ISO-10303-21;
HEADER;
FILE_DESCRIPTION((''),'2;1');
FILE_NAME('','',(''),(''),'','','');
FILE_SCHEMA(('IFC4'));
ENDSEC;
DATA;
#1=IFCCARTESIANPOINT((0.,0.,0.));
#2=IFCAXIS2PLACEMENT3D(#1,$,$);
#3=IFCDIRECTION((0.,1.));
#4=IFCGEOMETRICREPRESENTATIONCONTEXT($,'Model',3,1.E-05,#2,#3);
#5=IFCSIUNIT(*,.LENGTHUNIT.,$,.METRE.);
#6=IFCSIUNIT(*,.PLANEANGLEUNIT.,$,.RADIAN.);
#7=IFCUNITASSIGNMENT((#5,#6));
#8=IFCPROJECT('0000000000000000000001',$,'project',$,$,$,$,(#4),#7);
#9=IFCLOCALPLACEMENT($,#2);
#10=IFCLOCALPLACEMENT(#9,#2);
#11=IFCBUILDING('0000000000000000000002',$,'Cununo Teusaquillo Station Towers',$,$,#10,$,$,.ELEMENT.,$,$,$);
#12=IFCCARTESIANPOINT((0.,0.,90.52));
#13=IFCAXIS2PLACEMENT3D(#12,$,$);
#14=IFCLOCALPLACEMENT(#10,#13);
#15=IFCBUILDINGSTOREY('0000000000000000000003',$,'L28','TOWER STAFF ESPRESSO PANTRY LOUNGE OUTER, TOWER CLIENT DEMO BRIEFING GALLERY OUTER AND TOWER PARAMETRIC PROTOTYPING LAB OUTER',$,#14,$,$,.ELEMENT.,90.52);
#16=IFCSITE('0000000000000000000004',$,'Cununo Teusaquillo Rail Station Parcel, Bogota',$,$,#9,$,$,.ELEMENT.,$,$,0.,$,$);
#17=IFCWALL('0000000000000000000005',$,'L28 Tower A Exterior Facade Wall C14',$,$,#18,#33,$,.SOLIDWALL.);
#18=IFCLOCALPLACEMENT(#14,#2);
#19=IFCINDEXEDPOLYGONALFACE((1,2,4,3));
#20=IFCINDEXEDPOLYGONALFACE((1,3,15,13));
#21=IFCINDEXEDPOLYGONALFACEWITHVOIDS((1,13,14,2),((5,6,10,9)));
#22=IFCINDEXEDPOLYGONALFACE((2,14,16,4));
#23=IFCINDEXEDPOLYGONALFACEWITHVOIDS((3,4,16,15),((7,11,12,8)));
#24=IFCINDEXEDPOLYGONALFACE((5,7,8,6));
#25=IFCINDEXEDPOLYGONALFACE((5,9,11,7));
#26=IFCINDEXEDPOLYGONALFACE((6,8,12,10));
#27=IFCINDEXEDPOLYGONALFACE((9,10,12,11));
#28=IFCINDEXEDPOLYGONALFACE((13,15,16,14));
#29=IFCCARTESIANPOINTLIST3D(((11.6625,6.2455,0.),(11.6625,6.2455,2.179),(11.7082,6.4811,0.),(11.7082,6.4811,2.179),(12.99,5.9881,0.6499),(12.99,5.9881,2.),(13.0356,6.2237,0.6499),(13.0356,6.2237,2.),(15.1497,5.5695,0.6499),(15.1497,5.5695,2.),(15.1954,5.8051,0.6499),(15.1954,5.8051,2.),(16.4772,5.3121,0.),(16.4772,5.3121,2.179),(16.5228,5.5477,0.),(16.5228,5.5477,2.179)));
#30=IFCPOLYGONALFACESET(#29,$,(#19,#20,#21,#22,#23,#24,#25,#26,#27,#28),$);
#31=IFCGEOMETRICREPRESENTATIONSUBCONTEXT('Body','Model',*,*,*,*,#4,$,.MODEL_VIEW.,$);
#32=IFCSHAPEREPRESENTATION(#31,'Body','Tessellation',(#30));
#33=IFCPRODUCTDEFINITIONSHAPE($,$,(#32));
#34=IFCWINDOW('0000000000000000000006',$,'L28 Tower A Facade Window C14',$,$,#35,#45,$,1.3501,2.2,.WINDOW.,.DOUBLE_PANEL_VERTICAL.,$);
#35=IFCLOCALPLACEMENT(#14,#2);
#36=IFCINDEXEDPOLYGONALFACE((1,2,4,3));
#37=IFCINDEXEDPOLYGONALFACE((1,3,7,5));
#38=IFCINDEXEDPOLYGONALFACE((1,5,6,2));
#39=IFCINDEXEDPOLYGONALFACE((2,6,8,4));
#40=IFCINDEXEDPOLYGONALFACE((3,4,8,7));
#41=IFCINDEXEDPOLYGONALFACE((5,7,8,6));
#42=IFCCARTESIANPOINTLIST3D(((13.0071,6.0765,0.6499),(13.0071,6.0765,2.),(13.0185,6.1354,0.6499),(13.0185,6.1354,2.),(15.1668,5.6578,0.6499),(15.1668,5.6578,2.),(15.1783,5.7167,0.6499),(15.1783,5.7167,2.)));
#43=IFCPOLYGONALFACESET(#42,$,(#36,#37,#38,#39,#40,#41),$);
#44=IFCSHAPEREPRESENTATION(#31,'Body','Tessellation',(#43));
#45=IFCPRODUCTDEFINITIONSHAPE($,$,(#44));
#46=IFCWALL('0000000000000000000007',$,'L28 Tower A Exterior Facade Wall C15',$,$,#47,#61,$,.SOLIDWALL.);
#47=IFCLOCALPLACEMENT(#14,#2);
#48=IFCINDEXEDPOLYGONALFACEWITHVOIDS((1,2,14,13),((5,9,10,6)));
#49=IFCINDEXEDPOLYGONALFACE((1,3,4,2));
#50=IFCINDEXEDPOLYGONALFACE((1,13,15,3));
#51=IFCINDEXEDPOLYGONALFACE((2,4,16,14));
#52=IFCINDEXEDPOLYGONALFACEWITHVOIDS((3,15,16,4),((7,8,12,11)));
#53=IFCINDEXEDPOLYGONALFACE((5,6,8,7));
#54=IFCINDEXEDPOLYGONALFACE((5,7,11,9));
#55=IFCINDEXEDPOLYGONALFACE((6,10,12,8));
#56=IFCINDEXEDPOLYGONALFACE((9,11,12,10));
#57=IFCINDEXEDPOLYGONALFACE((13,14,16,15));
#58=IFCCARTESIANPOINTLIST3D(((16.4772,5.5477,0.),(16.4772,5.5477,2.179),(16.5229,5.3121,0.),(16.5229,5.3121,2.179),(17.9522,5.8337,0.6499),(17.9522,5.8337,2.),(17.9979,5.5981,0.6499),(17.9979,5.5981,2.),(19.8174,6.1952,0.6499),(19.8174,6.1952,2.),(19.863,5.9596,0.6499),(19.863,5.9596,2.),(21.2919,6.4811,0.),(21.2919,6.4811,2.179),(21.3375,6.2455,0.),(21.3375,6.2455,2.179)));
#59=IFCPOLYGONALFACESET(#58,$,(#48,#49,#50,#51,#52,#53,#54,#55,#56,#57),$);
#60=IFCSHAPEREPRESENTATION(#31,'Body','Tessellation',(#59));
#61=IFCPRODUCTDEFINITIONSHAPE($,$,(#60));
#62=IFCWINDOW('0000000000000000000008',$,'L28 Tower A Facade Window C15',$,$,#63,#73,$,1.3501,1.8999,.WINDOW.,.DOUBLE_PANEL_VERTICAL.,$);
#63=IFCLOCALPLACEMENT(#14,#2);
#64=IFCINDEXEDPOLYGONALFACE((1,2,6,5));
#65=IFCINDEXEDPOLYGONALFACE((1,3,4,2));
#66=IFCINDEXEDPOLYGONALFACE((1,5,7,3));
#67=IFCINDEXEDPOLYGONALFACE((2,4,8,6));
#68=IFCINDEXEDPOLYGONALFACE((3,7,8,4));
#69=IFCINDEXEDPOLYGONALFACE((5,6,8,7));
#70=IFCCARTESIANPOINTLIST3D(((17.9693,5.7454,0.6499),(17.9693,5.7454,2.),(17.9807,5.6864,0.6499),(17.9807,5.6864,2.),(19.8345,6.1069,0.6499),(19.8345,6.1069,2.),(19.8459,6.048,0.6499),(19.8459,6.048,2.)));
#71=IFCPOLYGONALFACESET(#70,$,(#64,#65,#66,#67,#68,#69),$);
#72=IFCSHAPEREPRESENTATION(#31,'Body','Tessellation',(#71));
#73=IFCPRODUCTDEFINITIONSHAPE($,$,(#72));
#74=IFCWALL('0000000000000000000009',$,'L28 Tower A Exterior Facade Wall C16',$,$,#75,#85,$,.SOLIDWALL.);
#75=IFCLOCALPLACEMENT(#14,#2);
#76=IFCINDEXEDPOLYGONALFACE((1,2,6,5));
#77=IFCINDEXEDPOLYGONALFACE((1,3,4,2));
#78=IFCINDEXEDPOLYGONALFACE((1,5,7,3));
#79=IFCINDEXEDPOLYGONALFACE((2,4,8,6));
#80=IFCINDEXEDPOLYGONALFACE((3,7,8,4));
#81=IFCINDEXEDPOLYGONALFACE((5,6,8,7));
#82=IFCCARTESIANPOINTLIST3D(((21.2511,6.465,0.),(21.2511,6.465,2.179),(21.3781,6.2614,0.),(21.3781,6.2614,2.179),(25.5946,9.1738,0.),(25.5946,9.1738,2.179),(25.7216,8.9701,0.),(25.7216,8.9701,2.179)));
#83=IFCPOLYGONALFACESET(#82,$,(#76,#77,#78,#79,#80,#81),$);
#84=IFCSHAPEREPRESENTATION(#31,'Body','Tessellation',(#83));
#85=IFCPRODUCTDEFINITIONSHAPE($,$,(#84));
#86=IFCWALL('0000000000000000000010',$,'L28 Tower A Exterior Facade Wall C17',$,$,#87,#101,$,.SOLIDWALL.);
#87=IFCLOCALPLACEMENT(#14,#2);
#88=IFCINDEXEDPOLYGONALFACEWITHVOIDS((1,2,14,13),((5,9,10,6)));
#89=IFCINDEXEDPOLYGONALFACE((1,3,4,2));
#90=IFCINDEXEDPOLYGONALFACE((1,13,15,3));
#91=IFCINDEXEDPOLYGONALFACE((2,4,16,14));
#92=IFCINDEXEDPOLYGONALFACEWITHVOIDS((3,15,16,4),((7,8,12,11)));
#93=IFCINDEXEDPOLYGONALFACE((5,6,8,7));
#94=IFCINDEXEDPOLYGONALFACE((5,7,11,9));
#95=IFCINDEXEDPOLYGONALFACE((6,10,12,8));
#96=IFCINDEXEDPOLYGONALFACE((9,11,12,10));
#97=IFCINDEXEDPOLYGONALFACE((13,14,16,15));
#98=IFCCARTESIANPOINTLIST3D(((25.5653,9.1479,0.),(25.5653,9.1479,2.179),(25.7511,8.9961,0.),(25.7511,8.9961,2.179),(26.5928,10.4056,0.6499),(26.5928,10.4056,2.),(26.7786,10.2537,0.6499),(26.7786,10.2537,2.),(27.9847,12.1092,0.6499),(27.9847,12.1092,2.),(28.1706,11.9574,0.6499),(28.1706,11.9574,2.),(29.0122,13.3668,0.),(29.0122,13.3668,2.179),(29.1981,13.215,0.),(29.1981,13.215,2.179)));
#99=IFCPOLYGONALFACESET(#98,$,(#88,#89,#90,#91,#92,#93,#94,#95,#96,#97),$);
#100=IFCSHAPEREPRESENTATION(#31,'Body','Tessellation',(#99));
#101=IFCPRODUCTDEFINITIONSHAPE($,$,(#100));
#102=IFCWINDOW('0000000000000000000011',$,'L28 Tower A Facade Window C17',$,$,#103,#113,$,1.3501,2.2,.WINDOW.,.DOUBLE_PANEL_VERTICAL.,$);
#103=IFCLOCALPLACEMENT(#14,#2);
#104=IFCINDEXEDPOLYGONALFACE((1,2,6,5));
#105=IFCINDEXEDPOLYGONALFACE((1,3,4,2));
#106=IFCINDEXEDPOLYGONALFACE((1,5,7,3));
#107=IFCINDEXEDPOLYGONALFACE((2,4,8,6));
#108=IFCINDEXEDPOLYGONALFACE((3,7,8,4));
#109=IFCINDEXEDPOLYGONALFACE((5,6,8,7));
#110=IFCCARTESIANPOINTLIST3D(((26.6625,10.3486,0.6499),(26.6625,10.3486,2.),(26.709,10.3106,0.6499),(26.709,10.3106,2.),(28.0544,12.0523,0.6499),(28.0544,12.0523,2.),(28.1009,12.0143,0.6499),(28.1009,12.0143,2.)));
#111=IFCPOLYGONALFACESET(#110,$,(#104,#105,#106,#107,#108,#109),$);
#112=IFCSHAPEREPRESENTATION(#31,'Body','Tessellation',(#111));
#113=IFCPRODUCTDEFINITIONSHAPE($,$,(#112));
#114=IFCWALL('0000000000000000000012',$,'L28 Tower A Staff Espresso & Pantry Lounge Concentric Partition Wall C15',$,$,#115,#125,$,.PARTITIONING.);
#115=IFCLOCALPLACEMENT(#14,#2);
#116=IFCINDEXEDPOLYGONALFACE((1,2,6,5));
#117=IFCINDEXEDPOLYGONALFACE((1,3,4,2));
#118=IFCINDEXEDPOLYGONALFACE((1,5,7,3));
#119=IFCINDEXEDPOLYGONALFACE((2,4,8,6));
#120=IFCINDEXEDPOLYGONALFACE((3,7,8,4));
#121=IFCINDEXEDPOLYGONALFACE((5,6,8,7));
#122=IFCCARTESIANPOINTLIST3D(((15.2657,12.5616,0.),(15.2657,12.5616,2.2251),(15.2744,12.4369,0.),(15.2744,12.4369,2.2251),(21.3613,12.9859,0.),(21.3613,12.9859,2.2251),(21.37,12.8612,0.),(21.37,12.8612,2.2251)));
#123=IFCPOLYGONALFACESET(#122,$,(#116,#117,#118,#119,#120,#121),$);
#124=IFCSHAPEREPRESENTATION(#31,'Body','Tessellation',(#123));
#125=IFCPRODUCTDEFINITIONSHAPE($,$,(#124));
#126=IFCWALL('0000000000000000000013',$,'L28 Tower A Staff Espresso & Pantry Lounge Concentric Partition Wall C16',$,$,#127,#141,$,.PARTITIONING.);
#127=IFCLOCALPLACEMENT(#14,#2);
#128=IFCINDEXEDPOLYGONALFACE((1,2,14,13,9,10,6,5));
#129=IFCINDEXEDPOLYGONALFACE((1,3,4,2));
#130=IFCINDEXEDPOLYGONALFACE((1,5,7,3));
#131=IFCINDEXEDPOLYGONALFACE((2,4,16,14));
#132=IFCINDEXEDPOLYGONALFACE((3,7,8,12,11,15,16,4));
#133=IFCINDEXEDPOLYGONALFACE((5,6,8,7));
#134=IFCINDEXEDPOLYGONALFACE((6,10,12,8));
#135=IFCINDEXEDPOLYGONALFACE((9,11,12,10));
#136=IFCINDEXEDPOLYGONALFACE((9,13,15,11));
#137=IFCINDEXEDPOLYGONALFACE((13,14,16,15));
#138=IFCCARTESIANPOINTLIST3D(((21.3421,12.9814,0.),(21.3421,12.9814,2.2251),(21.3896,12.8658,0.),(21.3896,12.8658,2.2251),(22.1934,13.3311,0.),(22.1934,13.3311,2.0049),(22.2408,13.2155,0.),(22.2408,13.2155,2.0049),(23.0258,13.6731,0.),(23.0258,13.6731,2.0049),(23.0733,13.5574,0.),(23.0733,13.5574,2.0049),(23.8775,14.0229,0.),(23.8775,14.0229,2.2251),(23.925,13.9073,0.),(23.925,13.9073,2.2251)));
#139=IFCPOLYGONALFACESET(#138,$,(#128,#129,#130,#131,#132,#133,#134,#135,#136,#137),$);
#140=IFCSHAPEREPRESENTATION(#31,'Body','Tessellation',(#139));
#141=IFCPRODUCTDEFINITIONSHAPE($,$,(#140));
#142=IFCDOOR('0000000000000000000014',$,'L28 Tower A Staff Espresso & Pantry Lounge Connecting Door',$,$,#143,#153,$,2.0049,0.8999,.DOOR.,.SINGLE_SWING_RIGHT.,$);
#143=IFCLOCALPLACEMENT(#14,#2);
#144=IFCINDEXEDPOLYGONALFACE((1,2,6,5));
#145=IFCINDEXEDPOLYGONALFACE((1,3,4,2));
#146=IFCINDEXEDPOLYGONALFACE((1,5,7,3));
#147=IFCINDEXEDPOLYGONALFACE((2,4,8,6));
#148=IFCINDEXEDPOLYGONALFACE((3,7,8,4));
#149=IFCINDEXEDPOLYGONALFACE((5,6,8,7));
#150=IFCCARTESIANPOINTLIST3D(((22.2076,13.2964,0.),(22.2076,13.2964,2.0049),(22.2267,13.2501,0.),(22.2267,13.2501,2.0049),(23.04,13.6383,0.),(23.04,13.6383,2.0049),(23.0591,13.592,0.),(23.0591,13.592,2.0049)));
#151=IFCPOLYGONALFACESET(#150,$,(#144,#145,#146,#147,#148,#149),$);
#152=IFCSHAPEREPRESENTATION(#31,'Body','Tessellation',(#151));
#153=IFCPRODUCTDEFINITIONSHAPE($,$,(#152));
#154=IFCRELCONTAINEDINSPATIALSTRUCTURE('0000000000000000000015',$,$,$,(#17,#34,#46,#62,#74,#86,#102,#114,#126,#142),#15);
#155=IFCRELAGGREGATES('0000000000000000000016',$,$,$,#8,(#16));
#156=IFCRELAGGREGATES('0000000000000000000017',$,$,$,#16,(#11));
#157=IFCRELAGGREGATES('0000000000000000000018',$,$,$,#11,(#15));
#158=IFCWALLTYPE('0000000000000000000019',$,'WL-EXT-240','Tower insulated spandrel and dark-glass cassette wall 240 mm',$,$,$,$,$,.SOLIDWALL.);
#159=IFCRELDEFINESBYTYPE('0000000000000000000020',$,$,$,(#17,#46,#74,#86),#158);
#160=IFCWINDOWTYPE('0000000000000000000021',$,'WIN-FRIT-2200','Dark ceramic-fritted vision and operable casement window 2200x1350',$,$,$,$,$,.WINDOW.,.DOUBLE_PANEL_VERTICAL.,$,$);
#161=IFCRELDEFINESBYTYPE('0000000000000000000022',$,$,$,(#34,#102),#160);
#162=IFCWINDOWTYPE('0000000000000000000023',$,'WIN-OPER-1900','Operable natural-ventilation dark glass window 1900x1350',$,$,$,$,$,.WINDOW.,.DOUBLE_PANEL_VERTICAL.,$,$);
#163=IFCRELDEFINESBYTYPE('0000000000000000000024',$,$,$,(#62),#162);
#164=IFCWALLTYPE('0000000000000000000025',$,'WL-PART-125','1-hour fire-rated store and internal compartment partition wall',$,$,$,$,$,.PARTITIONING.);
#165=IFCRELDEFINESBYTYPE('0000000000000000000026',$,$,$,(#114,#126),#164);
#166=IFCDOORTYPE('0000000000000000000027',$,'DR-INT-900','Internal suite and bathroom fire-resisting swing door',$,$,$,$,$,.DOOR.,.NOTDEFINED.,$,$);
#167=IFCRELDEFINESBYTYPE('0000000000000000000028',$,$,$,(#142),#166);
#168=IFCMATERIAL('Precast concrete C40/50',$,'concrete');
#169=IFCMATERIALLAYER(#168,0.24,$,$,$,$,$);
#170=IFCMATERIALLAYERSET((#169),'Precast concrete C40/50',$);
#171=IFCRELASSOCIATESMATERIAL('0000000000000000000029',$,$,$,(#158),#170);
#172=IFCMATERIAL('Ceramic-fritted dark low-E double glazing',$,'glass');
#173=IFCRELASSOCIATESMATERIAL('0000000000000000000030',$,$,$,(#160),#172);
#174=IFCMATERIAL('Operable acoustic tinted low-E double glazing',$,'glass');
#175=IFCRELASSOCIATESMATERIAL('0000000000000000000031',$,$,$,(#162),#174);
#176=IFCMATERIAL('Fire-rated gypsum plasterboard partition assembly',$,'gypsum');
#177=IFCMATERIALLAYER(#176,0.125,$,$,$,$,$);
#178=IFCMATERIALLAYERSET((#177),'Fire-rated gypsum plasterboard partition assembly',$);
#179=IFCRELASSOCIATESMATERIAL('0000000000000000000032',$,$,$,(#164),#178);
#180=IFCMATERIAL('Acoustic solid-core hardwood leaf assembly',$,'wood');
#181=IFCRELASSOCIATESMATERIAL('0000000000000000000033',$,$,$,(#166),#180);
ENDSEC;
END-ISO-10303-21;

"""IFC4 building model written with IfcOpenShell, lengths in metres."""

from ifc_helpers import new_model, si_unit, direction, frame, frame_2d, origin, place, context, subcontext, project, spatial, rectangle, extrude, source, transform, mapped, material, layer, layer_set, type_object, element, fill, save


model = new_model("IFC4")

# Units and contexts
model_context = context("Model", 3, precision=1e-05, world=origin(), true_north=direction((0.0, 1.0)))
body_context = subcontext(model_context, "Body", "Model", "MODEL_VIEW")
ifc_project = project(units=[si_unit("LENGTHUNIT", "METRE"), si_unit("PLANEANGLEUNIT", "RADIAN")], contexts=[model_context])

# Site, building, storey
site_placement = place(None, origin())
site = spatial("IfcSite", under=ifc_project, at=site_placement, Name="Cununo Teusaquillo Rail Station Parcel, Bogota", CompositionType="ELEMENT", RefElevation=0.0)
building_placement = place(site_placement, origin())
building = spatial("IfcBuilding", under=site, at=building_placement, Name="Cununo Teusaquillo Station Towers", CompositionType="ELEMENT")
storey_placement = place(building_placement, frame((0.0, 0.0, 90.52)))
storey = spatial("IfcBuildingStorey", under=building, at=storey_placement, Name="L28", Description="TOWER STAFF ESPRESSO PANTRY LOUNGE OUTER, TOWER CLIENT DEMO BRIEFING GALLERY OUTER AND TOWER PARAMETRIC PROTOTYPING LAB OUTER", CompositionType="ELEMENT", Elevation=90.52)

# Walls, openings, windows
ifc_material_1 = material(Name="Precast concrete C40/50", Category="concrete")
ifc_layer_1 = layer(ifc_material_1, 0.24)
ifc_layer_set_1 = layer_set([ifc_layer_1], Name="Precast concrete C40/50")
wall_type_1 = type_object("IfcWallType", Name="WL-EXT-240", Description="Tower insulated spandrel and dark-glass cassette wall 240 mm", PredefinedType="SOLIDWALL", material=ifc_layer_set_1)
wall_1_placement = place(storey_placement, frame((16.5, 5.4299, 0.0), z_axis=(0.0, 0.0, 1.0), x_axis=(-0.981724, 0.190311, 0.0)))
wall_1 = element("IfcWall", 1, at=wall_1_placement, inside=storey, type_object=wall_type_1, Name="L28 Tower A Exterior Facade Wall C14", PredefinedType="SOLIDWALL", context=body_context, shape_type="SweptSolid", body=[
    extrude(rectangle(XDim=4.9043, YDim=0.24, at=frame_2d((2.4521, 0.0))), origin(), (0.0, 0.0, 1.0), 2.179),
])
shared_shape_1 = source(origin(), body_context, "Body", "SweptSolid", [
    extrude(rectangle(XDim=2.2, YDim=1.3501, at=frame_2d((1.1001, 0.675))), frame((0.0, 0.1299, 0.0), z_axis=(0.0, -1.0, 0.0), x_axis=(1.0, 0.0, 0.0)), (0.0, 0.0, 1.0), 0.26),
])
opening_1_placement = place(wall_1_placement, frame((1.3521, 0.0, 0.6499)))
opening_1 = element("IfcOpeningElement", 2, at=opening_1_placement, cuts=wall_1, PredefinedType="OPENING", context=body_context, shape_type="MappedRepresentation", body=[
    mapped(shared_shape_1, transform((0.0, 0.0, 0.0), x_axis=(1.0, 0.0, 0.0), y_axis=(0.0, 1.0, 0.0), z_axis=(0.0, 0.0, 1.0), scale=1.0)),
])
ifc_material_2 = material(Name="Ceramic-fritted dark low-E double glazing", Category="glass")
window_type_1 = type_object("IfcWindowType", Name="WIN-FRIT-2200", Description="Dark ceramic-fritted vision and operable casement window 2200x1350", PartitioningType="DOUBLE_PANEL_VERTICAL", PredefinedType="WINDOW", material=ifc_material_2)
shared_shape_2 = source(origin(), body_context, "Body", "SweptSolid", [
    extrude(rectangle(XDim=2.2, YDim=1.3501, at=frame_2d((1.1001, 0.675))), frame((0.0, 0.03, 0.0), z_axis=(0.0, -1.0, 0.0), x_axis=(1.0, 0.0, 0.0)), (0.0, 0.0, 1.0), 0.0601),
])
window_1_placement = place(opening_1_placement, origin())
window_1 = element("IfcWindow", 3, at=window_1_placement, inside=storey, type_object=window_type_1, Name="L28 Tower A Facade Window C14", OverallHeight=1.3501, OverallWidth=2.2, PartitioningType="DOUBLE_PANEL_VERTICAL", PredefinedType="WINDOW", context=body_context, shape_type="MappedRepresentation", body=[
    mapped(shared_shape_2, transform((0.0, 0.0, 0.0), x_axis=(1.0, 0.0, 0.0), y_axis=(0.0, 1.0, 0.0), z_axis=(0.0, 0.0, 1.0), scale=1.0)),
])
fill(opening_1, window_1)
wall_2_placement = place(storey_placement, frame((21.3147, 6.3633, 0.0), z_axis=(0.0, 0.0, 1.0), x_axis=(-0.981724, -0.190311, 0.0)))
wall_2 = element("IfcWall", 4, at=wall_2_placement, inside=storey, type_object=wall_type_1, Name="L28 Tower A Exterior Facade Wall C15", PredefinedType="SOLIDWALL", context=body_context, shape_type="SweptSolid", body=[
    extrude(rectangle(XDim=4.9043, YDim=0.24, at=frame_2d((2.4521, 0.0))), origin(), (0.0, 0.0, 1.0), 2.179),
])
shared_shape_3 = source(origin(), body_context, "Body", "SweptSolid", [
    extrude(rectangle(XDim=1.8999, YDim=1.3501, at=frame_2d((0.95, 0.675))), frame((0.0, 0.1299, 0.0), z_axis=(0.0, -1.0, 0.0), x_axis=(1.0, 0.0, 0.0)), (0.0, 0.0, 1.0), 0.26),
])
opening_2_placement = place(wall_2_placement, frame((1.502, 0.0, 0.6499)))
opening_2 = element("IfcOpeningElement", 5, at=opening_2_placement, cuts=wall_2, PredefinedType="OPENING", context=body_context, shape_type="MappedRepresentation", body=[
    mapped(shared_shape_3, transform((0.0, 0.0, 0.0), x_axis=(1.0, 0.0, 0.0), y_axis=(0.0, 1.0, 0.0), z_axis=(0.0, 0.0, 1.0), scale=1.0)),
])
ifc_material_3 = material(Name="Operable acoustic tinted low-E double glazing", Category="glass")
window_type_2 = type_object("IfcWindowType", Name="WIN-OPER-1900", Description="Operable natural-ventilation dark glass window 1900x1350", PartitioningType="DOUBLE_PANEL_VERTICAL", PredefinedType="WINDOW", material=ifc_material_3)
shared_shape_4 = source(origin(), body_context, "Body", "SweptSolid", [
    extrude(rectangle(XDim=1.8999, YDim=1.3501, at=frame_2d((0.95, 0.675))), frame((0.0, 0.03, 0.0), z_axis=(0.0, -1.0, 0.0), x_axis=(1.0, 0.0, 0.0)), (0.0, 0.0, 1.0), 0.0601),
])
window_2_placement = place(opening_2_placement, origin())
window_2 = element("IfcWindow", 6, at=window_2_placement, inside=storey, type_object=window_type_2, Name="L28 Tower A Facade Window C15", OverallHeight=1.3501, OverallWidth=1.8999, PartitioningType="DOUBLE_PANEL_VERTICAL", PredefinedType="WINDOW", context=body_context, shape_type="MappedRepresentation", body=[
    mapped(shared_shape_4, transform((0.0, 0.0, 0.0), x_axis=(1.0, 0.0, 0.0), y_axis=(0.0, 1.0, 0.0), z_axis=(0.0, 0.0, 1.0), scale=1.0)),
])
fill(opening_2, window_2)

# Wall
wall_3_placement = place(storey_placement, frame((25.6582, 9.072, 0.0), z_axis=(0.0, 0.0, 1.0), x_axis=(-0.84852, -0.529163, 0.0)))
element("IfcWall", 7, at=wall_3_placement, inside=storey, type_object=wall_type_1, Name="L28 Tower A Exterior Facade Wall C16", PredefinedType="SOLIDWALL", context=body_context, shape_type="SweptSolid", body=[
    extrude(rectangle(XDim=5.1189, YDim=0.24, at=frame_2d((2.5596, 0.0))), origin(), (0.0, 0.0, 1.0), 2.179),
])

# Wall, opening, window
wall_4_placement = place(storey_placement, frame((29.1052, 13.291, 0.0), z_axis=(0.0, 0.0, 1.0), x_axis=(-0.632701, -0.774396, 0.0)))
wall_4 = element("IfcWall", 8, at=wall_4_placement, inside=storey, type_object=wall_type_1, Name="L28 Tower A Exterior Facade Wall C17", PredefinedType="SOLIDWALL", context=body_context, shape_type="SweptSolid", body=[
    extrude(rectangle(XDim=5.448, YDim=0.24, at=frame_2d((2.7241, 0.0))), origin(), (0.0, 0.0, 1.0), 2.179),
])
opening_3_placement = place(wall_4_placement, frame((1.624, 0.0, 0.6499)))
opening_3 = element("IfcOpeningElement", 9, at=opening_3_placement, cuts=wall_4, PredefinedType="OPENING", context=body_context, shape_type="MappedRepresentation", body=[
    mapped(shared_shape_1, transform((0.0, 0.0, 0.0), x_axis=(1.0, 0.0, 0.0), y_axis=(0.0, 1.0, 0.0), z_axis=(0.0, 0.0, 1.0), scale=1.0)),
])
window_3_placement = place(opening_3_placement, origin())
window_3 = element("IfcWindow", 10, at=window_3_placement, inside=storey, type_object=window_type_1, Name="L28 Tower A Facade Window C17", OverallHeight=1.3501, OverallWidth=2.2, PartitioningType="DOUBLE_PANEL_VERTICAL", PredefinedType="WINDOW", context=body_context, shape_type="MappedRepresentation", body=[
    mapped(shared_shape_2, transform((0.0, 0.0, 0.0), x_axis=(1.0, 0.0, 0.0), y_axis=(0.0, 1.0, 0.0), z_axis=(0.0, 0.0, 1.0), scale=1.0)),
])
fill(opening_3, window_3)

# Wall
ifc_material_4 = material(Name="Fire-rated gypsum plasterboard partition assembly", Category="gypsum")
ifc_layer_2 = layer(ifc_material_4, 0.125)
ifc_layer_set_2 = layer_set([ifc_layer_2], Name="Fire-rated gypsum plasterboard partition assembly")
wall_type_2 = type_object("IfcWallType", Name="WL-PART-125", Description="1-hour fire-rated store and internal compartment partition wall", PredefinedType="PARTITIONING", material=ifc_layer_set_2)
wall_5_placement = place(storey_placement, frame((15.27, 12.4993, 0.0), z_axis=(0.0, 0.0, 1.0), x_axis=(0.997586, 0.069441, 0.0)))
element("IfcWall", 11, at=wall_5_placement, inside=storey, type_object=wall_type_2, Name="L28 Tower A Staff Espresso & Pantry Lounge Concentric Partition Wall C15", PredefinedType="PARTITIONING", context=body_context, shape_type="SweptSolid", body=[
    extrude(rectangle(XDim=6.1104, YDim=0.125, at=frame_2d((3.0552, 0.0))), origin(), (0.0, 0.0, 1.0), 2.2251),
])

# Wall, opening, door
wall_6_placement = place(storey_placement, frame((21.3657, 12.9236, 0.0), z_axis=(0.0, 0.0, 1.0), x_axis=(0.924997, 0.379975, 0.0)))
wall_6 = element("IfcWall", 12, at=wall_6_placement, inside=storey, type_object=wall_type_2, Name="L28 Tower A Staff Espresso & Pantry Lounge Concentric Partition Wall C16", PredefinedType="PARTITIONING", context=body_context, shape_type="SweptSolid", body=[
    extrude(rectangle(XDim=2.741, YDim=0.125, at=frame_2d((1.3706, 0.0))), origin(), (0.0, 0.0, 1.0), 2.2251),
])
shared_shape_5 = source(origin(), body_context, "Body", "SweptSolid", [
    extrude(rectangle(XDim=0.8999, YDim=2.0049, at=frame_2d((0.45, 1.0024))), frame((0.0, 0.0725, 0.0), z_axis=(0.0, -1.0, 0.0), x_axis=(1.0, 0.0, 0.0)), (0.0, 0.0, 1.0), 0.145),
])
opening_4_placement = place(wall_6_placement, frame((0.9204, 0.0, 0.0)))
opening_4 = element("IfcOpeningElement", 13, at=opening_4_placement, cuts=wall_6, PredefinedType="OPENING", context=body_context, shape_type="MappedRepresentation", body=[
    mapped(shared_shape_5, transform((0.0, 0.0, 0.0), x_axis=(1.0, 0.0, 0.0), y_axis=(0.0, 1.0, 0.0), z_axis=(0.0, 0.0, 1.0), scale=1.0)),
])
ifc_material_5 = material(Name="Acoustic solid-core hardwood leaf assembly", Category="wood")
door_type_1 = type_object("IfcDoorType", Name="DR-INT-900", Description="Internal suite and bathroom fire-resisting swing door", OperationType="NOTDEFINED", PredefinedType="DOOR", material=ifc_material_5)
shared_shape_6 = source(origin(), body_context, "Body", "SweptSolid", [
    extrude(rectangle(XDim=0.8999, YDim=2.0049, at=frame_2d((0.45, 1.0024))), frame((0.0, 0.0249, 0.0), z_axis=(0.0, -1.0, 0.0), x_axis=(1.0, 0.0, 0.0)), (0.0, 0.0, 1.0), 0.05),
])
door_1_placement = place(opening_4_placement, origin())
door_1 = element("IfcDoor", 14, at=door_1_placement, inside=storey, type_object=door_type_1, Name="L28 Tower A Staff Espresso & Pantry Lounge Connecting Door", OperationType="SINGLE_SWING_RIGHT", OverallHeight=2.0049, OverallWidth=0.8999, PredefinedType="DOOR", context=body_context, shape_type="MappedRepresentation", body=[
    mapped(shared_shape_6, transform((0.0, 0.0, 0.0), x_axis=(1.0, 0.0, 0.0), y_axis=(0.0, 1.0, 0.0), z_axis=(0.0, 0.0, 1.0), scale=1.0)),
])
fill(opening_4, door_1)

save(model, "model.ifc")
